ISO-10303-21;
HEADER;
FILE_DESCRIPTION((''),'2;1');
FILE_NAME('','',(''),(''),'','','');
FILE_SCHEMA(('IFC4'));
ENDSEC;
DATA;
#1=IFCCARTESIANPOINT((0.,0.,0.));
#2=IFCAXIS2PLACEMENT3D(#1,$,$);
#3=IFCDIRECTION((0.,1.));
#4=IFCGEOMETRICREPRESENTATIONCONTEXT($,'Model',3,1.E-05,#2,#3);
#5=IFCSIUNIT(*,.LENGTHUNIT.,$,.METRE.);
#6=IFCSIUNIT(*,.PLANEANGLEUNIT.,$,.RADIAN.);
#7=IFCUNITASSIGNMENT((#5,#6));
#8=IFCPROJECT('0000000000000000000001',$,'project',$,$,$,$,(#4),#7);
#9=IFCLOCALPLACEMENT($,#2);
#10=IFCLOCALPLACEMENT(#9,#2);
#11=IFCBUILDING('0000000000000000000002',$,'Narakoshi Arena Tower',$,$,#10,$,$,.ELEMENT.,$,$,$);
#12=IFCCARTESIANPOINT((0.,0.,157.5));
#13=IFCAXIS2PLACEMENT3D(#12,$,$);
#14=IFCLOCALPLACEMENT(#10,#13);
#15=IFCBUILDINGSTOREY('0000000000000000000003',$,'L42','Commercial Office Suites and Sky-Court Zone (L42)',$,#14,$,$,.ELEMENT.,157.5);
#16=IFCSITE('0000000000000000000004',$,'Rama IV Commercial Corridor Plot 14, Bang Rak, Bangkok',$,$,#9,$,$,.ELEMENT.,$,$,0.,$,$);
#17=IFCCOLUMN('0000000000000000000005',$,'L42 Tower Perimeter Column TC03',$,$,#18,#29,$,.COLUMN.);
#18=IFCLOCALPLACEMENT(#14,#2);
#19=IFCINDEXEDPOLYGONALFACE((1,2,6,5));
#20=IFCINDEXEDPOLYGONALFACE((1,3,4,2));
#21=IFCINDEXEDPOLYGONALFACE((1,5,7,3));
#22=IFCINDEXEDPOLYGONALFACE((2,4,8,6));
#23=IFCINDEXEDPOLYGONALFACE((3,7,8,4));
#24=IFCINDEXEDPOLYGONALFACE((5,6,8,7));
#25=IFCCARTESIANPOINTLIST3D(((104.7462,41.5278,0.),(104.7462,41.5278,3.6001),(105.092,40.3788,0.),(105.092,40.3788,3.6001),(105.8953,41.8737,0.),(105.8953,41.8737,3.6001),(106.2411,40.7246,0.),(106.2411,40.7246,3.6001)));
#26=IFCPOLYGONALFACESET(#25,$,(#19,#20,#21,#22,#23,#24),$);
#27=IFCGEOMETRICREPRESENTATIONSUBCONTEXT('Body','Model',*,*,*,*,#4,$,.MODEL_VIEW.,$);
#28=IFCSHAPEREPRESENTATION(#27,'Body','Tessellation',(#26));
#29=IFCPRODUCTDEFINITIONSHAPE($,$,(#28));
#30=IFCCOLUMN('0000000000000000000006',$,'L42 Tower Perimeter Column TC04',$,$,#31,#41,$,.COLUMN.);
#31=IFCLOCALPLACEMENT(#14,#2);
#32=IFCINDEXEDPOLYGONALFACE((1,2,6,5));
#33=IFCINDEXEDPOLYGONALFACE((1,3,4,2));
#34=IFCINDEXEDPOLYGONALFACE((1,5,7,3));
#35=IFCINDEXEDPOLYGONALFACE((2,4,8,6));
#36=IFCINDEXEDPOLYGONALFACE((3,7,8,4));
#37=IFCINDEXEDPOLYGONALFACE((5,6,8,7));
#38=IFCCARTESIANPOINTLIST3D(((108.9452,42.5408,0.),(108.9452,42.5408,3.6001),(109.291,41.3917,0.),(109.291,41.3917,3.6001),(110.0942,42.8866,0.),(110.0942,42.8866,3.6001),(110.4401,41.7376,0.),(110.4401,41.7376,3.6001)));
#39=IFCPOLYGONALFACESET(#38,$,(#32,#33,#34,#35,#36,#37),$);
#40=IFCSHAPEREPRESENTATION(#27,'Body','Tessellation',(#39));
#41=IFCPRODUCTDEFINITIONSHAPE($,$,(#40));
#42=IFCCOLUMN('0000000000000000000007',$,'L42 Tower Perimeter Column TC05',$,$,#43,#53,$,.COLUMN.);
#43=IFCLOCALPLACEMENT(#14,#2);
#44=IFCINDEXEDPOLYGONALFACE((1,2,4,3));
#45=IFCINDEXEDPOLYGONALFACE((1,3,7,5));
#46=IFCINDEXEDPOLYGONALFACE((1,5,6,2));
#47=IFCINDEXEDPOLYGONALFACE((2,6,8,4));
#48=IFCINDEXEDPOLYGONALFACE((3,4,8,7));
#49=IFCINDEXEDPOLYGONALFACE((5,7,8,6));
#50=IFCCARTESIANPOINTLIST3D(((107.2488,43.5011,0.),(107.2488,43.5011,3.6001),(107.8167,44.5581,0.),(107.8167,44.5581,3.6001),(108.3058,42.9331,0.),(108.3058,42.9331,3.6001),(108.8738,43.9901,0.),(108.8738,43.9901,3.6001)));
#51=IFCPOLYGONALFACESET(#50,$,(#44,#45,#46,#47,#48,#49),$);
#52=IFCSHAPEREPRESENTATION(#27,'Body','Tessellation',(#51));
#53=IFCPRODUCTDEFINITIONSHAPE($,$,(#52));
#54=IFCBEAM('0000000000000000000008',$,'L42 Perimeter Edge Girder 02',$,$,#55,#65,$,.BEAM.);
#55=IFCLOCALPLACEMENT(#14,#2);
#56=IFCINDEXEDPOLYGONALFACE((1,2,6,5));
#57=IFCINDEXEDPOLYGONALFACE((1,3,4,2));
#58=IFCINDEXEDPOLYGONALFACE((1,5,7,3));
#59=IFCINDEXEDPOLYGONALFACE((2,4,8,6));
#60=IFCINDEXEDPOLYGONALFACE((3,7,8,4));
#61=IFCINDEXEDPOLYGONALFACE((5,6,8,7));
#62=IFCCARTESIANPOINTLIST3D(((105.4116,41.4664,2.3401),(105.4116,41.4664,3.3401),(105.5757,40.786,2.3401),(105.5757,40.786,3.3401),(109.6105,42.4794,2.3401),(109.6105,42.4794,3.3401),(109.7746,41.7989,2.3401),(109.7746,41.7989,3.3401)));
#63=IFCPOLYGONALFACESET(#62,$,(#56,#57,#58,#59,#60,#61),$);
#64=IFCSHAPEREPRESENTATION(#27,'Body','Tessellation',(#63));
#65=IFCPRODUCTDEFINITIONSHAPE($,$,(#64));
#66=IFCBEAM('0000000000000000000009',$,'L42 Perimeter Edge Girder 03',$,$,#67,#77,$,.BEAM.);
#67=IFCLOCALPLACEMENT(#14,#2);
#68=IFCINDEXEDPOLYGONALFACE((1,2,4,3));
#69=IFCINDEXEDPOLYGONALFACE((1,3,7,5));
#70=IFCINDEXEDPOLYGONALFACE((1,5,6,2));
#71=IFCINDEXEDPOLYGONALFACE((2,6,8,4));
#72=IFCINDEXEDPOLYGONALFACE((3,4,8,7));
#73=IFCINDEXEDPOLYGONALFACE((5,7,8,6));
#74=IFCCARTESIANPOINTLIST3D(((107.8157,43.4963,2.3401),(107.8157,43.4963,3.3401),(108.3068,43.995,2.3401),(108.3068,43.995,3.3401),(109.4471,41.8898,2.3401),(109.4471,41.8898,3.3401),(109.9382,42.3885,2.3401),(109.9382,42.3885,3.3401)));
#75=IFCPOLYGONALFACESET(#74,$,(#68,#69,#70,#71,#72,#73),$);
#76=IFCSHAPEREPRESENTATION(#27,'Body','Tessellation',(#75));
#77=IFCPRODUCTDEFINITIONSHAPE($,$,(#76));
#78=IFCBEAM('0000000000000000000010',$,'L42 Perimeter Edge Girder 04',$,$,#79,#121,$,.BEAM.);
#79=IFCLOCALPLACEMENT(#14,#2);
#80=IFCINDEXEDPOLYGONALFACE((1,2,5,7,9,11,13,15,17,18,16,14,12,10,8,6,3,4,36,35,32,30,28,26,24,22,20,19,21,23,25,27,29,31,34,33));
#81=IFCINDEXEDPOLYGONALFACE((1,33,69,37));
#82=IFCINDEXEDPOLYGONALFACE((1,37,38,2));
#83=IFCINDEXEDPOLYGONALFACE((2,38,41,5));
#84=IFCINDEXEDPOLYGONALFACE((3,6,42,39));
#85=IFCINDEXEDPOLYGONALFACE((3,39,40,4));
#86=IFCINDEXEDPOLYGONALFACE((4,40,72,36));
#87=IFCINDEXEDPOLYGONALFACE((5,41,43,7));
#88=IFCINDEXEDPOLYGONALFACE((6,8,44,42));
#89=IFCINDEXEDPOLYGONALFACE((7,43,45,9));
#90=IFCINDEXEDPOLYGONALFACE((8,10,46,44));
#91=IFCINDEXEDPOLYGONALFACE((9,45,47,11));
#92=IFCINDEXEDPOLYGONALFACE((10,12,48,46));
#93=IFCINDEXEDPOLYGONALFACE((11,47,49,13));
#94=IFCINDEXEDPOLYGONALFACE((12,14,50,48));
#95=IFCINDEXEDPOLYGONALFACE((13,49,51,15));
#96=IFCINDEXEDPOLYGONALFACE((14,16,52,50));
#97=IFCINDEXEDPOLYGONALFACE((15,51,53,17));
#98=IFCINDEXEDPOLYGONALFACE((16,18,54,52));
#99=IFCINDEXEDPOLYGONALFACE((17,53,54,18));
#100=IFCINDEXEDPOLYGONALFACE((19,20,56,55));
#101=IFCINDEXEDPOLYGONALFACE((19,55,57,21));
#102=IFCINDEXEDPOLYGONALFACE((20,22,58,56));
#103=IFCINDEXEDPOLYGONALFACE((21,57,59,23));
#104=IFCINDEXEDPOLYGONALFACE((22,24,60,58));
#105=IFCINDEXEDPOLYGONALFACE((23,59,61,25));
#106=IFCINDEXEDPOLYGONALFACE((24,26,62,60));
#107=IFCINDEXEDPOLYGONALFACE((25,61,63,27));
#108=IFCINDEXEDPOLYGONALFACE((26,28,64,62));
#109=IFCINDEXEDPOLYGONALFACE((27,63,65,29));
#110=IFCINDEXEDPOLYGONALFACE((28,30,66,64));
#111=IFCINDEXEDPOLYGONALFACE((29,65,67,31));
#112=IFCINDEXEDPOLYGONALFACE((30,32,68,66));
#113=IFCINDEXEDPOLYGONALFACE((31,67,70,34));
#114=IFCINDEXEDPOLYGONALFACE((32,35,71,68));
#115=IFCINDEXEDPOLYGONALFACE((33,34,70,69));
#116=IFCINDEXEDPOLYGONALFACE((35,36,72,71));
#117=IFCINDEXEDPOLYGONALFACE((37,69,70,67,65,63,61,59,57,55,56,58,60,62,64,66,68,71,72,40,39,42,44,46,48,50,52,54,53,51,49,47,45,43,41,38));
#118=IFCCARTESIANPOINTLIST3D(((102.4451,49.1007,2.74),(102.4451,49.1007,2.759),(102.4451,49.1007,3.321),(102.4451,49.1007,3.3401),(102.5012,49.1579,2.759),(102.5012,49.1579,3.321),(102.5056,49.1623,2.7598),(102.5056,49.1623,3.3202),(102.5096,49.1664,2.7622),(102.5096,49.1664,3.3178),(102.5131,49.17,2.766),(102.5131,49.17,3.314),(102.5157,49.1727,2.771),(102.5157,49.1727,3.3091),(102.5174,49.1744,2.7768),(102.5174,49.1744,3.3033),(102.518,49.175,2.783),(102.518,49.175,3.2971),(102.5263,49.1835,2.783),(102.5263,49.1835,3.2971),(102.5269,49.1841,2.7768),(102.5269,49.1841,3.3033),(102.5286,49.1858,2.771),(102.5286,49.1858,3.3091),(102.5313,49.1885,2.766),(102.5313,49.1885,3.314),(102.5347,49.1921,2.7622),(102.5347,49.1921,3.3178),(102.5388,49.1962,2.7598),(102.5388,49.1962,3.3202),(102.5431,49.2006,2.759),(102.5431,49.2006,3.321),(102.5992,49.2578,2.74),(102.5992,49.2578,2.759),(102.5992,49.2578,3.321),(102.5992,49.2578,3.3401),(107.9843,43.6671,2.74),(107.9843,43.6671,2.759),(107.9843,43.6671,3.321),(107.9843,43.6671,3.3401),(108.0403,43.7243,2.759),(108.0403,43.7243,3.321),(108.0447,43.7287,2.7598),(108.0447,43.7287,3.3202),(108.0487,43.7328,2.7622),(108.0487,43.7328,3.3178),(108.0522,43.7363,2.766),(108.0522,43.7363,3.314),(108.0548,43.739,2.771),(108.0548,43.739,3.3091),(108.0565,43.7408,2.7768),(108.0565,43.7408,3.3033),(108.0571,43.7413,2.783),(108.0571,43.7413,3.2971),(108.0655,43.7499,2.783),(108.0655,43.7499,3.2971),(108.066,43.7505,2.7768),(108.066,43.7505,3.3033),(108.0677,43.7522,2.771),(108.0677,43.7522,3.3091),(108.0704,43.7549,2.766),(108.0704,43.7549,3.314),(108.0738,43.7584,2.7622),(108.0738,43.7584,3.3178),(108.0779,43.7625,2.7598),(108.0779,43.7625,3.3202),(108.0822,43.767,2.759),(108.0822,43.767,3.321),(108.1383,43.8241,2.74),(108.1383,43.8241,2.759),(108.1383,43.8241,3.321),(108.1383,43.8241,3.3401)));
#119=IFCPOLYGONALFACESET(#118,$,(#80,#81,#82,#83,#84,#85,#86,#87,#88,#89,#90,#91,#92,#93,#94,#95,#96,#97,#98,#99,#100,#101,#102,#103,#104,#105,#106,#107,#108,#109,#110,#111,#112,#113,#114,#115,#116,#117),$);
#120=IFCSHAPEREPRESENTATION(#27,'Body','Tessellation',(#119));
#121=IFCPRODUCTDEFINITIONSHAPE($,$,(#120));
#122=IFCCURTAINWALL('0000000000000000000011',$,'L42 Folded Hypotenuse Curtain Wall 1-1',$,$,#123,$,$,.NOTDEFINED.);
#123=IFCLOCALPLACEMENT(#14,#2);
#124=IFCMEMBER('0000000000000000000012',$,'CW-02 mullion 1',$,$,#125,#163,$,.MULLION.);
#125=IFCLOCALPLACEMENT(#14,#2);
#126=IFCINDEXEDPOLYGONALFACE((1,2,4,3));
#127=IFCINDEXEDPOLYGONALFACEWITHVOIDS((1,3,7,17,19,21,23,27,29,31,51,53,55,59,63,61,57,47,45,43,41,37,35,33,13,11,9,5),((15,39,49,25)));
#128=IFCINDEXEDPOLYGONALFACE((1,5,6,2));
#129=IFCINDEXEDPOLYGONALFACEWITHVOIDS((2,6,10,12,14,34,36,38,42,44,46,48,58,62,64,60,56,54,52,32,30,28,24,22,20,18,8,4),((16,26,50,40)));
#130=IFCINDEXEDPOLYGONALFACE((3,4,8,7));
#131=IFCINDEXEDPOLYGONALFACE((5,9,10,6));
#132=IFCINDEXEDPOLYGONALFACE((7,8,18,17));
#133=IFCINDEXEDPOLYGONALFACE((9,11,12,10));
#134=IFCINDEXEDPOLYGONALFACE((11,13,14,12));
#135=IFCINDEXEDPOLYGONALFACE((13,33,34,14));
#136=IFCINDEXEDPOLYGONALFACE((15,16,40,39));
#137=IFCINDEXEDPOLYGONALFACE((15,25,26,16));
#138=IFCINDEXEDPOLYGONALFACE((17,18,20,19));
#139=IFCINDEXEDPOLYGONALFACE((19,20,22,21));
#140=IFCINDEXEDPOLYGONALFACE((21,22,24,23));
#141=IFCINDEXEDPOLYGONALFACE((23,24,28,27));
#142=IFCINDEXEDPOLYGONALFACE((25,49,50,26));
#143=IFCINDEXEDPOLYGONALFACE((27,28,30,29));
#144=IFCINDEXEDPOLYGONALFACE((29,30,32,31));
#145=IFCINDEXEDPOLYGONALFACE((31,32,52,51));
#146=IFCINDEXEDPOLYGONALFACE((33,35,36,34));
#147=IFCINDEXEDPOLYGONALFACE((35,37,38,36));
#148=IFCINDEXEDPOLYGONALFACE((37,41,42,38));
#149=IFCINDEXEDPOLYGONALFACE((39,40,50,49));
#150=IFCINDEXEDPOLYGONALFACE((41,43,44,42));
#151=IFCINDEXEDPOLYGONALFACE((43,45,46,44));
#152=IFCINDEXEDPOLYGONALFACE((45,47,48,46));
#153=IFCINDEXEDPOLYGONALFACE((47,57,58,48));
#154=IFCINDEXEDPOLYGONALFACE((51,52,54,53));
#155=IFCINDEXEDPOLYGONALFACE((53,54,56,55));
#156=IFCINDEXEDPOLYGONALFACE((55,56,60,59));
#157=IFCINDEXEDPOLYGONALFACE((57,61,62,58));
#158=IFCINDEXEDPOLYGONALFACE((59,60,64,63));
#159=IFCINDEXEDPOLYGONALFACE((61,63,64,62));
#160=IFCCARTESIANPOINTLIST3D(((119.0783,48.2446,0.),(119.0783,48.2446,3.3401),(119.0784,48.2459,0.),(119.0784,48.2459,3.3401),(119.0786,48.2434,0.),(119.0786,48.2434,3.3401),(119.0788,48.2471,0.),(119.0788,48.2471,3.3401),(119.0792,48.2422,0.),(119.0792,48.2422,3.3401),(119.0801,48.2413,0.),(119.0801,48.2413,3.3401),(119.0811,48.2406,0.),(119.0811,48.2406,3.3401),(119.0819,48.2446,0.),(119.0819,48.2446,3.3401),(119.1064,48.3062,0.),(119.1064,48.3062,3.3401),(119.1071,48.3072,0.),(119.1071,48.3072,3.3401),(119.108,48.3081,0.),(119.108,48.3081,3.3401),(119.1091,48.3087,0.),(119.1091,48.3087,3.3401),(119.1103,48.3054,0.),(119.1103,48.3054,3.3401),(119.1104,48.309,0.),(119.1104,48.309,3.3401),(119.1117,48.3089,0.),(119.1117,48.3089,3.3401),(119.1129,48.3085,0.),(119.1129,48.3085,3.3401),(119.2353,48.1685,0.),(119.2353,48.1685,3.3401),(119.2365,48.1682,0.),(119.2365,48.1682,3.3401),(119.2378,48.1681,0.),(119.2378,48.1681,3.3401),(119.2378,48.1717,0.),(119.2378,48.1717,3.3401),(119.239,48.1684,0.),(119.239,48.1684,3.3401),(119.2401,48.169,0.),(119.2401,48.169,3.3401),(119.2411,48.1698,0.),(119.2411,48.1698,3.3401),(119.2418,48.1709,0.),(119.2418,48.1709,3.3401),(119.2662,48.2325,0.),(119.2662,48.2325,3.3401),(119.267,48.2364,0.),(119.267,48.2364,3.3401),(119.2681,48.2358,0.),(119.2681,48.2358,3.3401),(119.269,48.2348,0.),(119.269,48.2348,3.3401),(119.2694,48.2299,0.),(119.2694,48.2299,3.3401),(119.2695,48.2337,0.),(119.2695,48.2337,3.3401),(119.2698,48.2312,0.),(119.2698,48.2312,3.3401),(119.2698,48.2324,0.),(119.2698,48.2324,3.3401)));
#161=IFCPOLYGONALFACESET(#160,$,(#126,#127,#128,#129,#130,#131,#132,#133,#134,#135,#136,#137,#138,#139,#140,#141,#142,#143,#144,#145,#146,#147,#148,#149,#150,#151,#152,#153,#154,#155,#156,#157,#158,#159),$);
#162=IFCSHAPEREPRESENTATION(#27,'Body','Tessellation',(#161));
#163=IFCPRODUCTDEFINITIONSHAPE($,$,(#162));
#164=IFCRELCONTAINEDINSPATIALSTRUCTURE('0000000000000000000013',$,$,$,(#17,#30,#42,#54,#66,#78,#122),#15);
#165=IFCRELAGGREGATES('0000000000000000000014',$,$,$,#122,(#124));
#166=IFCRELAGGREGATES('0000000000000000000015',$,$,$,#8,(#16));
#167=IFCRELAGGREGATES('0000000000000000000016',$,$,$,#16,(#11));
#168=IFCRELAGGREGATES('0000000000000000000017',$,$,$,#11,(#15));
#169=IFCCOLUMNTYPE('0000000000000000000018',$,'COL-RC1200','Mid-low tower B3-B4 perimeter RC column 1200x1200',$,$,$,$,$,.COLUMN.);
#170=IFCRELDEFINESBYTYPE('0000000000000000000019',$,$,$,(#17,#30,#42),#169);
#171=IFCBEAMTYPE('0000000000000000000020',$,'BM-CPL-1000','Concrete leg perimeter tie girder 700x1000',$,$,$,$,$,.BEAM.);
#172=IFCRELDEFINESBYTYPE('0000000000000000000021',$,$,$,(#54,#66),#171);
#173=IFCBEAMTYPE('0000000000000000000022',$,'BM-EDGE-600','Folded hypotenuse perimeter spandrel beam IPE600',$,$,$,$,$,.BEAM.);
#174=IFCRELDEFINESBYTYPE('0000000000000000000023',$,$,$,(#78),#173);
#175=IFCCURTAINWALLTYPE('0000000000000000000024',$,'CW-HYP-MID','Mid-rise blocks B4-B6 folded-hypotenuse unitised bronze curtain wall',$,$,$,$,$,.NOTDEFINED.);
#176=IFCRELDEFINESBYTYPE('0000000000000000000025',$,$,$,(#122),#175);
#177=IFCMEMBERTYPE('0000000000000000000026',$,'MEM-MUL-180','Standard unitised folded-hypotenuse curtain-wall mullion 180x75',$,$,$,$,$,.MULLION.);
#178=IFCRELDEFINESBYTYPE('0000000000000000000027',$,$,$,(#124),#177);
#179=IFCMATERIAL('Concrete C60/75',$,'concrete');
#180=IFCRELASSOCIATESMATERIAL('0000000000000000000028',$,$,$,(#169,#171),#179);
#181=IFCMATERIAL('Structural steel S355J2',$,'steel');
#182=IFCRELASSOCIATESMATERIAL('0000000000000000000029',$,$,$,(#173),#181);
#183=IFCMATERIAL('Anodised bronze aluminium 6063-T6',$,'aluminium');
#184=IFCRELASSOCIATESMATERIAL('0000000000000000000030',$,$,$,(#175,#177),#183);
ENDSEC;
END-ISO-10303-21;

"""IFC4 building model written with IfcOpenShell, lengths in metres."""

from ifc_helpers import new_model, si_unit, direction, frame, origin, origin_2d, place, context, subcontext, project, spatial, rectangle, hollow_rectangle, i_section, extrude, material, material_profile, profile_set, type_object, element, aggregate, save


model = new_model("IFC4")

# Units and contexts
model_context = context("Model", 3, precision=1e-05, world=origin(), true_north=direction((0.0, 1.0)))
body_context = subcontext(model_context, "Body", "Model", "MODEL_VIEW")
ifc_project = project(units=[si_unit("LENGTHUNIT", "METRE"), si_unit("PLANEANGLEUNIT", "RADIAN")], contexts=[model_context])

# Site, building, storey
site_placement = place(None, origin())
site = spatial("IfcSite", under=ifc_project, at=site_placement, Name="Rama IV Commercial Corridor Plot 14, Bang Rak, Bangkok", CompositionType="ELEMENT", RefElevation=0.0)
building_placement = place(site_placement, origin())
building = spatial("IfcBuilding", under=site, at=building_placement, Name="Narakoshi Arena Tower", CompositionType="ELEMENT")
storey_placement = place(building_placement, frame((0.0, 0.0, 157.5)))
storey = spatial("IfcBuildingStorey", under=building, at=storey_placement, Name="L42", Description="Commercial Office Suites and Sky-Court Zone (L42)", CompositionType="ELEMENT", Elevation=157.5)

# Columns
ifc_material_1 = material(Name="Concrete C60/75", Category="concrete")
ifc_material_profile_1 = material_profile(ifc_material_1, rectangle(XDim=1.2, YDim=1.2, at=origin_2d()), Name="RC1200x1200")
ifc_profile_set_1 = profile_set([ifc_material_profile_1], Name="Concrete C60/75")
column_type = type_object("IfcColumnType", Name="COL-RC1200", Description="Mid-low tower B3-B4 perimeter RC column 1200x1200", PredefinedType="COLUMN", material=ifc_profile_set_1)
for number, where, z_axis, x_axis, name in (
    (1, (105.4937, 41.1262, 0.0), (0.0, 0.0, 1.0), (0.957571, 0.288196, 0.0), "L42 Tower Perimeter Column TC03"),
    (2, (109.6926, 42.1392, 0.0), (0.0, 0.0, 1.0), (0.957571, 0.288196, 0.0), "L42 Tower Perimeter Column TC04"),
    (3, (108.0613, 43.7456, 0.0), (0.0, 0.0, 1.0), (0.47332, 0.880891, 0.0), "L42 Tower Perimeter Column TC05"),
):
    element("IfcColumn", number, at=place(storey_placement, frame(where, z_axis=z_axis, x_axis=x_axis)), inside=storey, type_object=column_type, Name=name, PredefinedType="COLUMN", context=body_context, shape_type="SweptSolid", body=[
        extrude(rectangle(XDim=1.2, YDim=1.2, at=origin_2d()), origin(), (0.0, 0.0, 1.0), 3.6001),
    ])

# Beams
ifc_material_profile_2 = material_profile(ifc_material_1, rectangle(XDim=0.7, YDim=1.0, at=origin_2d()), Name="RCB700x1000")
ifc_profile_set_2 = profile_set([ifc_material_profile_2], Name="Concrete C60/75")
beam_type_1 = type_object("IfcBeamType", Name="BM-CPL-1000", Description="Concrete leg perimeter tie girder 700x1000", PredefinedType="BEAM", material=ifc_profile_set_2)
beam_1_placement = place(storey_placement, frame((105.4937, 41.1262, 2.8401), z_axis=(0.972114, 0.234508, 0.0), x_axis=(-0.234508, 0.972114, 0.0)))
element("IfcBeam", 4, at=beam_1_placement, inside=storey, type_object=beam_type_1, Name="L42 Perimeter Edge Girder 02", PredefinedType="BEAM", context=body_context, shape_type="SweptSolid", body=[
    extrude(rectangle(XDim=0.7, YDim=1.0, at=origin_2d()), origin(), (0.0, 0.0, 1.0), 4.3193),
])
beam_2_placement = place(storey_placement, frame((109.6926, 42.1392, 2.8401), z_axis=(-0.712524, 0.701648, 0.0), x_axis=(-0.701648, -0.712524, 0.0)))
element("IfcBeam", 5, at=beam_2_placement, inside=storey, type_object=beam_type_1, Name="L42 Perimeter Edge Girder 03", PredefinedType="BEAM", context=body_context, shape_type="SweptSolid", body=[
    extrude(rectangle(XDim=0.7, YDim=1.0, at=origin_2d()), origin(), (0.0, 0.0, 1.0), 2.2896),
])
ifc_material_2 = material(Name="Structural steel S355J2", Category="steel")
ifc_material_profile_3 = material_profile(ifc_material_2, i_section(OverallWidth=0.22, OverallDepth=0.6001, WebThickness=0.012, FlangeThickness=0.019, FilletRadius=0.0239, at=origin_2d()), Name="IPE600")
ifc_profile_set_3 = profile_set([ifc_material_profile_3], Name="Structural steel S355J2")
beam_type_2 = type_object("IfcBeamType", Name="BM-EDGE-600", Description="Folded hypotenuse perimeter spandrel beam IPE600", PredefinedType="BEAM", material=ifc_profile_set_3)
beam_3_placement = place(storey_placement, frame((108.0613, 43.7456, 3.04), z_axis=(-0.71387, 0.700278, 0.0), x_axis=(-0.700278, -0.71387, 0.0)))
element("IfcBeam", 6, at=beam_3_placement, inside=storey, type_object=beam_type_2, Name="L42 Perimeter Edge Girder 04", PredefinedType="BEAM", context=body_context, shape_type="SweptSolid", body=[
    extrude(i_section(OverallWidth=0.22, OverallDepth=0.6001, WebThickness=0.012, FlangeThickness=0.019, FilletRadius=0.0239, at=origin_2d()), origin(), (0.0, 0.0, 1.0), 7.7593),
])

# Curtain wall, member
ifc_material_3 = material(Name="Anodised bronze aluminium 6063-T6", Category="aluminium")
curtain_wall_type = type_object("IfcCurtainWallType", Name="CW-HYP-MID", Description="Mid-rise blocks B4-B6 folded-hypotenuse unitised bronze curtain wall", PredefinedType="NOTDEFINED", material=ifc_material_3)
curtain_wall_placement = place(storey_placement, origin())
curtain_wall = element("IfcCurtainWall", 7, at=curtain_wall_placement, inside=storey, type_object=curtain_wall_type, Name="L42 Folded Hypotenuse Curtain Wall 1-1", PredefinedType="NOTDEFINED")
ifc_material_profile_4 = material_profile(ifc_material_3, hollow_rectangle(XDim=0.075, YDim=0.1799, WallThickness=0.0039, OuterFilletRadius=0.0049, at=origin_2d()), Name="MUL180x75x4")
ifc_profile_set_4 = profile_set([ifc_material_profile_4], Name="Anodised bronze aluminium 6063-T6")
member_type_1 = type_object("IfcMemberType", Name="MEM-MUL-180", Description="Standard unitised folded-hypotenuse curtain-wall mullion 180x75", PredefinedType="MULLION", material=ifc_profile_set_4)
member_1_placement = place(storey_placement, frame((119.1741, 48.2385, 0.0), z_axis=(0.0, 0.0, 1.0), x_axis=(-0.423532, -0.905881, 0.0)))
member_1 = element("IfcMember", 8, at=member_1_placement, type_object=member_type_1, Name="CW-02 mullion 1", PredefinedType="MULLION", context=body_context, shape_type="SweptSolid", body=[
    extrude(hollow_rectangle(XDim=0.075, YDim=0.1799, WallThickness=0.0039, OuterFilletRadius=0.0049, at=origin_2d()), origin(), (0.0, 0.0, 1.0), 3.3401),
])
aggregate(curtain_wall, [member_1])

save(model, "model.ifc")
